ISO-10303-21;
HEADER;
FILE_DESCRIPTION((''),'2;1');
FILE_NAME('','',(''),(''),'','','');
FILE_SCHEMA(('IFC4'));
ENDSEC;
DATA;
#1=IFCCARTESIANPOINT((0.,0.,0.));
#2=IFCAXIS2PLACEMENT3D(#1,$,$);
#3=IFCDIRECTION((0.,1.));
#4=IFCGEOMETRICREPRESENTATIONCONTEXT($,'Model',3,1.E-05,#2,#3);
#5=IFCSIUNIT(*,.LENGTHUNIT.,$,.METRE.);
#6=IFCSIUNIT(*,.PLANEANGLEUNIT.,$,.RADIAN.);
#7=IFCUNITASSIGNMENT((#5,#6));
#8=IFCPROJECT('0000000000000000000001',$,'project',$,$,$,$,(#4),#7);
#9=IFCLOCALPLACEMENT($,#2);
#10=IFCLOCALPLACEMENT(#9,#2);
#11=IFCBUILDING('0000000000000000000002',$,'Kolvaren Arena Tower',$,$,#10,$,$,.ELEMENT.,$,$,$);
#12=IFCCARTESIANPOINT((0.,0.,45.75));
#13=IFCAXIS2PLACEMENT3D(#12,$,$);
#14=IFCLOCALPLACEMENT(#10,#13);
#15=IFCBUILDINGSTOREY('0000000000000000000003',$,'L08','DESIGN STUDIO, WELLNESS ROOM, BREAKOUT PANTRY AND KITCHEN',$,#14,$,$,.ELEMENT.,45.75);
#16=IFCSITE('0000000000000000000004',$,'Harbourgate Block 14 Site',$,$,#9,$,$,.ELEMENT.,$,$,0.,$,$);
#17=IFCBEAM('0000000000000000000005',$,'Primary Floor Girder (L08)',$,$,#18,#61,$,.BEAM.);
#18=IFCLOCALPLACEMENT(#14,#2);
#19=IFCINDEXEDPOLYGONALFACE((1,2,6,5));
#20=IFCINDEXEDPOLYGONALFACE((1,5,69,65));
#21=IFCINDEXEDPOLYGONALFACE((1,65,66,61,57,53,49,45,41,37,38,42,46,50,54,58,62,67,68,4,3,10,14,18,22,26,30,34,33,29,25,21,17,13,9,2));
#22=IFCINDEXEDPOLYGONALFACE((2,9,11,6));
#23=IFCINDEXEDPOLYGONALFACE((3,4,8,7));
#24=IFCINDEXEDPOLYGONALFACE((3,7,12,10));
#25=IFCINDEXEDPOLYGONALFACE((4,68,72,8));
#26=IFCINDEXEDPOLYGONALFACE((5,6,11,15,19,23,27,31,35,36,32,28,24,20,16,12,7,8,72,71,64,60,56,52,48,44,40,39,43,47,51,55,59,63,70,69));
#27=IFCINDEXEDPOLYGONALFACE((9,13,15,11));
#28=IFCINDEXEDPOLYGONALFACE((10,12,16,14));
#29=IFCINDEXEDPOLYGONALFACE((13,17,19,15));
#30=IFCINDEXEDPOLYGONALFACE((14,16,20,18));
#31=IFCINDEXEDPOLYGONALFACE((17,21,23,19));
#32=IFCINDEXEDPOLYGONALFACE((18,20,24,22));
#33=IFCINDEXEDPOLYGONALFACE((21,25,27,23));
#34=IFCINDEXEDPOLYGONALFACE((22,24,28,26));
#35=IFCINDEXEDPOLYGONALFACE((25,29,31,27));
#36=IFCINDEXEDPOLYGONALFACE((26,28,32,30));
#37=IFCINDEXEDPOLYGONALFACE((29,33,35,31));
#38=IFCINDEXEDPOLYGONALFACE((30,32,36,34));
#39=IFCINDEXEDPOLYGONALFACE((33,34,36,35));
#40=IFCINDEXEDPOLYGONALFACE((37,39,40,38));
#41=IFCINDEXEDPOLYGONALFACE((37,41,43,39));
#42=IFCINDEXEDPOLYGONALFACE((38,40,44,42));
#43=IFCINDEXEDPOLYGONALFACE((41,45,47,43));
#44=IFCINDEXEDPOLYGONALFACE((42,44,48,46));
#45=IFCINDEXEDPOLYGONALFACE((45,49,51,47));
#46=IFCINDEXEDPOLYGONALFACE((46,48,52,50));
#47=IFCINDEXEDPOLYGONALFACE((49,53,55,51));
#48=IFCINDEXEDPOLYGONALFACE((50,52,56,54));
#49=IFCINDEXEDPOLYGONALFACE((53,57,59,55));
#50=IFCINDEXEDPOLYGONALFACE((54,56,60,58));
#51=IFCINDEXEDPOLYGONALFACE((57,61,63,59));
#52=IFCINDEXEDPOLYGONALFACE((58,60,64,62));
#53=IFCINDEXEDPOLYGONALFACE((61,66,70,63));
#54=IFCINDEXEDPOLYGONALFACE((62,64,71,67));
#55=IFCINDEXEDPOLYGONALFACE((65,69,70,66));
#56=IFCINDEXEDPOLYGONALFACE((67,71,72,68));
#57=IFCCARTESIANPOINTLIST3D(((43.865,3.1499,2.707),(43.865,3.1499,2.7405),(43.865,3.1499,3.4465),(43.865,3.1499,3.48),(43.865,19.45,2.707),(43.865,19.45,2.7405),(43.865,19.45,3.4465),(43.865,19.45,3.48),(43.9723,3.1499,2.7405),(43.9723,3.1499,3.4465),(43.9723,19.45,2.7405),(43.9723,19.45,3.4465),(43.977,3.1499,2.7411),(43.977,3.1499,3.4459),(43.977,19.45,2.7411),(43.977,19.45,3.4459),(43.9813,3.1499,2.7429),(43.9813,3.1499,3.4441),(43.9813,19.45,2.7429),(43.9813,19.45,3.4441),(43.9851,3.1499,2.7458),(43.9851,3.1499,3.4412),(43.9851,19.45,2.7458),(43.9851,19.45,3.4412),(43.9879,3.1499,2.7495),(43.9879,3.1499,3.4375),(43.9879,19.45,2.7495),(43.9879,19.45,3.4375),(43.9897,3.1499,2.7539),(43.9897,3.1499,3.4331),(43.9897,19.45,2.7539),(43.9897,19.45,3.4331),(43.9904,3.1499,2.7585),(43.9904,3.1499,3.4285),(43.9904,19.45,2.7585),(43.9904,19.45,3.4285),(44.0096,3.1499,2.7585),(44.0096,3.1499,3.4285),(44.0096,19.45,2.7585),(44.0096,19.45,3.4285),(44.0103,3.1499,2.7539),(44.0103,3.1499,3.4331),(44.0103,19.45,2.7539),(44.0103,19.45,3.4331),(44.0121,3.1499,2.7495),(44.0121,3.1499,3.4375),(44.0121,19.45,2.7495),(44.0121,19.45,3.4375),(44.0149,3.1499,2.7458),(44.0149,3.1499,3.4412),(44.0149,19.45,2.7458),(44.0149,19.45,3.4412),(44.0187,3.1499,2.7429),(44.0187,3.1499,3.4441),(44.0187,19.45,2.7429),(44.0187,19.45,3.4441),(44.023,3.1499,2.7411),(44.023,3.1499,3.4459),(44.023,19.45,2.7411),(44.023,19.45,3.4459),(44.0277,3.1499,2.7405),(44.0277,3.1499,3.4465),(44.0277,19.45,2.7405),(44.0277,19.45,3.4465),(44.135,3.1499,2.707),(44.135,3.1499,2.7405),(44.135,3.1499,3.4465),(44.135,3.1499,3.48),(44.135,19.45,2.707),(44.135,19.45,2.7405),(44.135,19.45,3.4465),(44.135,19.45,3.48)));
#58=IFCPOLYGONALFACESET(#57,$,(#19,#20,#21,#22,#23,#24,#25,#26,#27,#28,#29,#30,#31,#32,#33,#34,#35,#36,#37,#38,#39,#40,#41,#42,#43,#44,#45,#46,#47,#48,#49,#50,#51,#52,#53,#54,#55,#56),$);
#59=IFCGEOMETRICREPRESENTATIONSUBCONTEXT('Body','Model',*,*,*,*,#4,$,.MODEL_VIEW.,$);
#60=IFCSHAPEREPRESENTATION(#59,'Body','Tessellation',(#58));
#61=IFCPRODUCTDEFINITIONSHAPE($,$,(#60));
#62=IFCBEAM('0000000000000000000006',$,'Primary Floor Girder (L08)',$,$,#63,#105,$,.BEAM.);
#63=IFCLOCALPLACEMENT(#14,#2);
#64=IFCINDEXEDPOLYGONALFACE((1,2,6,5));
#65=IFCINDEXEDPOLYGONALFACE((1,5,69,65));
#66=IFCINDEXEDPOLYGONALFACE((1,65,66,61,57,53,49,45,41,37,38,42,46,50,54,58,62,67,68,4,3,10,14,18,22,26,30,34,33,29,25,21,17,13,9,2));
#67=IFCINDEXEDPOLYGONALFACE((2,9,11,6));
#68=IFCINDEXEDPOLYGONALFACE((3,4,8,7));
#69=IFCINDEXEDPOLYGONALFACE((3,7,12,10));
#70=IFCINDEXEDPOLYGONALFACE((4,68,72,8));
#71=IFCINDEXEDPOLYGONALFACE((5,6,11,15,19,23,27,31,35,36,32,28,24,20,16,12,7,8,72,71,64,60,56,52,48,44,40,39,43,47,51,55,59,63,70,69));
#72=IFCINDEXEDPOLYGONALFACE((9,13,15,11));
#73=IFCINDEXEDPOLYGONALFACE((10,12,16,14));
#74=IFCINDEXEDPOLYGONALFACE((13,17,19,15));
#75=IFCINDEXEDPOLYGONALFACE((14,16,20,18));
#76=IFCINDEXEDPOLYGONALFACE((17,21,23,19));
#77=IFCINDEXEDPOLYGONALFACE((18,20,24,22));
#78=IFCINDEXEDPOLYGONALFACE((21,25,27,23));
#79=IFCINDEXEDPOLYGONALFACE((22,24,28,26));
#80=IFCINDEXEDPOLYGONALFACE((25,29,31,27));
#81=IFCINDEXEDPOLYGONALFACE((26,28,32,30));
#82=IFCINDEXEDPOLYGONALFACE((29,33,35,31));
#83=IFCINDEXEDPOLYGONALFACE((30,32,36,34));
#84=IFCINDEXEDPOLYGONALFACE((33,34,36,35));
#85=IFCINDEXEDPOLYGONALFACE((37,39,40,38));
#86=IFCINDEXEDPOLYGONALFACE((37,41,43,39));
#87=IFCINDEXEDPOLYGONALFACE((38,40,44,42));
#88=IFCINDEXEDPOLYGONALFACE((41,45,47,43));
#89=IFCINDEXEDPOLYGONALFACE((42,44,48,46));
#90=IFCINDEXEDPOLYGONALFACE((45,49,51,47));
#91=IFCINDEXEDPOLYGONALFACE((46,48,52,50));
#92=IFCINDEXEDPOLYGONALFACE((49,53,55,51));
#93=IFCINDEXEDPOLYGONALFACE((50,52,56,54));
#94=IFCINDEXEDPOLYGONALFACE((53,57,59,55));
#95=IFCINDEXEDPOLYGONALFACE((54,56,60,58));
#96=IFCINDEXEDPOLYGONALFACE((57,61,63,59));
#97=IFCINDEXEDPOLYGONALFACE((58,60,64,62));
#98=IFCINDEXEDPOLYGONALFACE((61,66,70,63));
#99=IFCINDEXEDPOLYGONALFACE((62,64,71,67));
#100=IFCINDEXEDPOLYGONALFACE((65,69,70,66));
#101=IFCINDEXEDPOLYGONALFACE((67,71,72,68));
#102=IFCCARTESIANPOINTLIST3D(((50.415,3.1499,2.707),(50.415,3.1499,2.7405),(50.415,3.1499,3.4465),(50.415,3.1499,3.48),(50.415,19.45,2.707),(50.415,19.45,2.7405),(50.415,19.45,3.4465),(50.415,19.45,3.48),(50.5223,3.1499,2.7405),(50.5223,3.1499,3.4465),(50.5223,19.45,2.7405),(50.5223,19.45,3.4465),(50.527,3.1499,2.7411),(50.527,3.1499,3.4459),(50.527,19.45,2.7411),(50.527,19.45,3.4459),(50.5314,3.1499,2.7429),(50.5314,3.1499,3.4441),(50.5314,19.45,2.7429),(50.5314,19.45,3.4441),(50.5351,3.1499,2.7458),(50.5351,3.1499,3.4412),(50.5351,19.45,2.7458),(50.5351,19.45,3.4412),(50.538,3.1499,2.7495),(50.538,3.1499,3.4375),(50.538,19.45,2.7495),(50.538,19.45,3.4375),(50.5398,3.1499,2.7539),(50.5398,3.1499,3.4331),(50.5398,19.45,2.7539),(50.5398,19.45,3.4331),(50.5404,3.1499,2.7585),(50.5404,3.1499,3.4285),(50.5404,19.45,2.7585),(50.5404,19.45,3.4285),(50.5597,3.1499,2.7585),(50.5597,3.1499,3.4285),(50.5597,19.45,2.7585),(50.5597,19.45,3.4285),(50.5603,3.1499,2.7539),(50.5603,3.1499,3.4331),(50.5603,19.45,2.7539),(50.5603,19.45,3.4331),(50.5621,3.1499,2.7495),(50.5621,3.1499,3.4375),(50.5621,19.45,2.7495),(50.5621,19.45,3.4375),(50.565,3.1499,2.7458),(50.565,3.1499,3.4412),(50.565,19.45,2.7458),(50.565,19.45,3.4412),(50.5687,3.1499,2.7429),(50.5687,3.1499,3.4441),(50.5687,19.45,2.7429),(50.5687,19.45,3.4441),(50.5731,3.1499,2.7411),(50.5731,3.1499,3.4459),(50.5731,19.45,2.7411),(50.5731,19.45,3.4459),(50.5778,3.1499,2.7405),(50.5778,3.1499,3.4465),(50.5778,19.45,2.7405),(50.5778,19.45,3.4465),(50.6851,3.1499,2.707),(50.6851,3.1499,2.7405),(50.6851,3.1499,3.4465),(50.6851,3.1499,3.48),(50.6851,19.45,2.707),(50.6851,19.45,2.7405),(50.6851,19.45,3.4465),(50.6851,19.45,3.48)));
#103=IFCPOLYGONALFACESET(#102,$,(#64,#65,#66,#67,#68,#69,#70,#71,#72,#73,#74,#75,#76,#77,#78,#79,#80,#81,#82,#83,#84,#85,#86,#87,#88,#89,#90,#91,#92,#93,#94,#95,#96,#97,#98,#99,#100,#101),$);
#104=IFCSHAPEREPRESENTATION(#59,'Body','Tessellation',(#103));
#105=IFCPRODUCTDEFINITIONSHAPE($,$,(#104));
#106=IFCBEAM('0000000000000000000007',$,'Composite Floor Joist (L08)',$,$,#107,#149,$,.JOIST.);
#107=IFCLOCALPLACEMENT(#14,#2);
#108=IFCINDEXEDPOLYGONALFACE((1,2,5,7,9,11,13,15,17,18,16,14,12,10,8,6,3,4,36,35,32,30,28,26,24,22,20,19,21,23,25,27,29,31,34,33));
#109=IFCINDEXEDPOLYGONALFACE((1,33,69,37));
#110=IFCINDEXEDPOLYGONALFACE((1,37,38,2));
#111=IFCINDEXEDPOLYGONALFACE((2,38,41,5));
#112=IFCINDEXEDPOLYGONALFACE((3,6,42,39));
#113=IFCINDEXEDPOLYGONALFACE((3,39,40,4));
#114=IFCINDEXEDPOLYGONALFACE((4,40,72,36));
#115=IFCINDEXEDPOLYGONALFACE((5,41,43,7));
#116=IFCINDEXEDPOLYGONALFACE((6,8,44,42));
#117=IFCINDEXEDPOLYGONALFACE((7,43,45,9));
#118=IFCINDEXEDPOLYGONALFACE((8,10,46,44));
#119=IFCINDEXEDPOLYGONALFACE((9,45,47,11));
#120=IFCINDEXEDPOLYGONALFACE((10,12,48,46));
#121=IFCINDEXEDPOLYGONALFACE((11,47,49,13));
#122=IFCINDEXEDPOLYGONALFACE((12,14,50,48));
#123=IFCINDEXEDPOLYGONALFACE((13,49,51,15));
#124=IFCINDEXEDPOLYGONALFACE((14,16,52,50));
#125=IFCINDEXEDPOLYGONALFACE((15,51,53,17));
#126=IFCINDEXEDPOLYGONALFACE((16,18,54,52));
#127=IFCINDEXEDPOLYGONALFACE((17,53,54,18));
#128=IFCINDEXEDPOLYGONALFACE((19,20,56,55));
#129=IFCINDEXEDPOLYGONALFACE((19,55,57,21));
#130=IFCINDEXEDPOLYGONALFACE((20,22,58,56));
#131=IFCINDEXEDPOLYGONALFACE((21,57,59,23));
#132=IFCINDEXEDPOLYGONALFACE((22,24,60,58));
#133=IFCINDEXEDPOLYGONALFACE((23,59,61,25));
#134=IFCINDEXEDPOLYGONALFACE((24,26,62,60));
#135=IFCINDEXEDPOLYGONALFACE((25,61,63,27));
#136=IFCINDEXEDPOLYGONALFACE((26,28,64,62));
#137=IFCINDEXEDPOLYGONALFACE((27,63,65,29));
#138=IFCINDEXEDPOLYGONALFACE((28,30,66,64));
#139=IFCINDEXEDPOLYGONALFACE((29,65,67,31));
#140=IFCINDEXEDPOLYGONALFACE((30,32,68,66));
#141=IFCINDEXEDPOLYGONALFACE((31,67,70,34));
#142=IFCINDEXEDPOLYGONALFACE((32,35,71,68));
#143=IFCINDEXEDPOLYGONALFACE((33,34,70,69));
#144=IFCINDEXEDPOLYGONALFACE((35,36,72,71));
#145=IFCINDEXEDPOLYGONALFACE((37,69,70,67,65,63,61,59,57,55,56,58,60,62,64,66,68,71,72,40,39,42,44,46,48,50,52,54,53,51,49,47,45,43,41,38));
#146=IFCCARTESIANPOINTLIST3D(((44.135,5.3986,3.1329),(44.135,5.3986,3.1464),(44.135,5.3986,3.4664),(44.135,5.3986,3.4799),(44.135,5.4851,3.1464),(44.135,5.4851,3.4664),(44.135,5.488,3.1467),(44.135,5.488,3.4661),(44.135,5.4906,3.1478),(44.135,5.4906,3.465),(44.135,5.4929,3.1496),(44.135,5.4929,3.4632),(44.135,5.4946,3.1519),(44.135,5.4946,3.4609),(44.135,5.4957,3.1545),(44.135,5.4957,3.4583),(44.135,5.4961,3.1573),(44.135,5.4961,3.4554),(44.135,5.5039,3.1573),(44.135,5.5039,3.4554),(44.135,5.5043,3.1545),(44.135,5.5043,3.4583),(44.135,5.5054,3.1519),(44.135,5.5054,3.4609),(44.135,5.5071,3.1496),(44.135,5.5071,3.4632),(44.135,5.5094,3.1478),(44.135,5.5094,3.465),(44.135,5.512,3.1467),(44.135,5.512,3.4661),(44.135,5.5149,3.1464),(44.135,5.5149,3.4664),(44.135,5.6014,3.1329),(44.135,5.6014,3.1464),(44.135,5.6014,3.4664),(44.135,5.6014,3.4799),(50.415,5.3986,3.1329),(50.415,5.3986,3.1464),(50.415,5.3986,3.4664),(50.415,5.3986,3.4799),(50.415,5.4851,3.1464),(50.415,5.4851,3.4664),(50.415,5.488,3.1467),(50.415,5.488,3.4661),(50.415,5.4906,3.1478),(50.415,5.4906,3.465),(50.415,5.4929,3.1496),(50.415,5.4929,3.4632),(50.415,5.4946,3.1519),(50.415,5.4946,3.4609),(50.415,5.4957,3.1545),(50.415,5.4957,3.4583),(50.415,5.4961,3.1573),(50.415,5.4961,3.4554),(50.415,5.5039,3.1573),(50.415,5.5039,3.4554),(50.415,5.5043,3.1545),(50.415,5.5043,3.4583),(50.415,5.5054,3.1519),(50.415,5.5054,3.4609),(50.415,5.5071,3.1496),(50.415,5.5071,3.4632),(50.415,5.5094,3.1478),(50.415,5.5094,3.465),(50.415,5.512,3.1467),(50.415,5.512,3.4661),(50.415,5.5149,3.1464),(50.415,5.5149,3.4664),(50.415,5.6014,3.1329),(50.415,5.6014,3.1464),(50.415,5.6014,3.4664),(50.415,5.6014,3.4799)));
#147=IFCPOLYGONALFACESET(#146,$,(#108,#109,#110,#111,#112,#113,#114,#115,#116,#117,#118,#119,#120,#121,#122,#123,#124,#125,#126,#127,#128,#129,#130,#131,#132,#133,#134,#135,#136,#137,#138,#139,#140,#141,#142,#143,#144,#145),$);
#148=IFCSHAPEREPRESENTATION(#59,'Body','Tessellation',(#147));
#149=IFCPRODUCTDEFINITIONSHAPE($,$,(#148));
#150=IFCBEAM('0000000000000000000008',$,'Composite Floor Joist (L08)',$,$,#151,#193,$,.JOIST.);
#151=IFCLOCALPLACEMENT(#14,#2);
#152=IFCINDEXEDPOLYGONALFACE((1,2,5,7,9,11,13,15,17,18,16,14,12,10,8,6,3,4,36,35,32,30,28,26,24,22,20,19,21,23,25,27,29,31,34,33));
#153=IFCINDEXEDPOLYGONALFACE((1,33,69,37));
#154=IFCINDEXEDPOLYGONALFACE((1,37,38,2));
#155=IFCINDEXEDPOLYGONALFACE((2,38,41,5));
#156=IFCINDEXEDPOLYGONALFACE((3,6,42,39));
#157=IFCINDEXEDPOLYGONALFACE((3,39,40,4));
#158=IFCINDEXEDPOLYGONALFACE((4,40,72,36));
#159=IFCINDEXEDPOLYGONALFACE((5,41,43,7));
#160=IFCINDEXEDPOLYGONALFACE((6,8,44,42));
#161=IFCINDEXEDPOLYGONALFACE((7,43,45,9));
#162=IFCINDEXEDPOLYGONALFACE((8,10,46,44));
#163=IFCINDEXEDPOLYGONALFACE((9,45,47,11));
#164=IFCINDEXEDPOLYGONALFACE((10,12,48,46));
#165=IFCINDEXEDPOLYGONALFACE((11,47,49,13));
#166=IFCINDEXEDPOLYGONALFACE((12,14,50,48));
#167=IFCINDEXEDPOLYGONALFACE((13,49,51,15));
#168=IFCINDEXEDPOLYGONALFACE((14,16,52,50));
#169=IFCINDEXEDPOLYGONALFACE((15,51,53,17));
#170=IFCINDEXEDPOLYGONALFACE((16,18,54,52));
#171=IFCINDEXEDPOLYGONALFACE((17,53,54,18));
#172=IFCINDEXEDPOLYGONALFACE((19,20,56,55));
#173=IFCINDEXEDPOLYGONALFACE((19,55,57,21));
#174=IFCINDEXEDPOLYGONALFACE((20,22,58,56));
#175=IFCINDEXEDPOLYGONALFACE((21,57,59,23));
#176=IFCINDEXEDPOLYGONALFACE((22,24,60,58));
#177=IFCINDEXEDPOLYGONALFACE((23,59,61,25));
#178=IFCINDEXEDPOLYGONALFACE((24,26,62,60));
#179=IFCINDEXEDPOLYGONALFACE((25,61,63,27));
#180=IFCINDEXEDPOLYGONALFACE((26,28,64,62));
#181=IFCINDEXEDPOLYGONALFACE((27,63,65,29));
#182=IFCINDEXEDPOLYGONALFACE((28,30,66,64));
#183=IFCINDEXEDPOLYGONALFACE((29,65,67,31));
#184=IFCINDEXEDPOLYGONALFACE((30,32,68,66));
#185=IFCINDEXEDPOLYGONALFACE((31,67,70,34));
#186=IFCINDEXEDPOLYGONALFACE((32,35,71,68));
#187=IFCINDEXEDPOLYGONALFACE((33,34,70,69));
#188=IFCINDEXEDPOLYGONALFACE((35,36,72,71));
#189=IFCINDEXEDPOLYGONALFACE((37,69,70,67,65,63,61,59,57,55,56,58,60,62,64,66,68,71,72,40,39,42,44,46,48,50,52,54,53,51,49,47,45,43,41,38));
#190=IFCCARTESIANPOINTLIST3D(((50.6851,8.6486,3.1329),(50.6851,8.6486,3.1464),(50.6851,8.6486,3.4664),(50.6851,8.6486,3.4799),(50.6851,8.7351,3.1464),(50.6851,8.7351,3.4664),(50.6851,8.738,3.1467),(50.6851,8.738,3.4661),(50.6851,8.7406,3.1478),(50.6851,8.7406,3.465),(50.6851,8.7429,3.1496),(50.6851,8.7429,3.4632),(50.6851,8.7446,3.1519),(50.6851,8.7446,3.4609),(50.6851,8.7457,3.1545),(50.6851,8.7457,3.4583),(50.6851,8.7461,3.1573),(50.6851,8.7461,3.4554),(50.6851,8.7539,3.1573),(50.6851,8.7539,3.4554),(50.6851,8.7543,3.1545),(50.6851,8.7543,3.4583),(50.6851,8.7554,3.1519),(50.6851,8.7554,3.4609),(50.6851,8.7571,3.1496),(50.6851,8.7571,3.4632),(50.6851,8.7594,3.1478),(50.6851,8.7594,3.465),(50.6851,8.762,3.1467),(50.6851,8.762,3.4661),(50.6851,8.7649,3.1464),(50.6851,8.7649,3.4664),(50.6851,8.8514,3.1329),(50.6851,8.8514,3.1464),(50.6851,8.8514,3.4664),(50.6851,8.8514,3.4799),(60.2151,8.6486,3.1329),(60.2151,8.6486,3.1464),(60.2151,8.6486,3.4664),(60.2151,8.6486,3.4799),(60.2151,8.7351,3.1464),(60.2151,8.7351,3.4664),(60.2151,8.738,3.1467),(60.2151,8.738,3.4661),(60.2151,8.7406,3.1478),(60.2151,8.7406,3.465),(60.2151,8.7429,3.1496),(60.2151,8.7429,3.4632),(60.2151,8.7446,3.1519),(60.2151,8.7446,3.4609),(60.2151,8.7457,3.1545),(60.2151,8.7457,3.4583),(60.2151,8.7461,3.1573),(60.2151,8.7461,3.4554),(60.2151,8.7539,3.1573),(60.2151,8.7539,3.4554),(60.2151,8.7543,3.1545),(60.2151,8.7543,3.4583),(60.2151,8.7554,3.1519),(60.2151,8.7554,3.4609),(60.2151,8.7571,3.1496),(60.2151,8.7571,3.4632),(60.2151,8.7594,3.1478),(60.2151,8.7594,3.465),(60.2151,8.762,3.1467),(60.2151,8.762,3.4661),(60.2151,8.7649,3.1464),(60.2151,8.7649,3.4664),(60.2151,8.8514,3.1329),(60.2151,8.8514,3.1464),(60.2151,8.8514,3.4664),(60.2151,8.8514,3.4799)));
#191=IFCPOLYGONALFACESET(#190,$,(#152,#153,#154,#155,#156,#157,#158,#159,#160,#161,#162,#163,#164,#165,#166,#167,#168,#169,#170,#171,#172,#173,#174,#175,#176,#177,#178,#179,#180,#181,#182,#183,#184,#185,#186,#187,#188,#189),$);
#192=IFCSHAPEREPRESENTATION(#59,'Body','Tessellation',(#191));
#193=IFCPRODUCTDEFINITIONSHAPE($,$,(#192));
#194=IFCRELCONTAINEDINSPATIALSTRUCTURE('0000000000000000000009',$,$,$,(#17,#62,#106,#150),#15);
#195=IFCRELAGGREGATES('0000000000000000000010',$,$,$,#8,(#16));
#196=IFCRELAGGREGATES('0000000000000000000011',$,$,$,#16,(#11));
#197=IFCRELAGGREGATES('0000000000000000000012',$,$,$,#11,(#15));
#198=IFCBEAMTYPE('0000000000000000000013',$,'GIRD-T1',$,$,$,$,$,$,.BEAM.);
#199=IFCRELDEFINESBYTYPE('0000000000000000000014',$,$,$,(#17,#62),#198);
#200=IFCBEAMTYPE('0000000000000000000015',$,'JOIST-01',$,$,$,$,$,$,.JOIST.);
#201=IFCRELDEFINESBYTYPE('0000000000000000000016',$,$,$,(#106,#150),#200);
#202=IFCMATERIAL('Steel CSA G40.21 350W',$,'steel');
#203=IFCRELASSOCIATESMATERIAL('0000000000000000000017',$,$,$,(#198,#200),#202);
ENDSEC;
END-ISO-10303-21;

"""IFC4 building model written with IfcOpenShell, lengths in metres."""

from ifc_helpers import new_model, si_unit, direction, frame, origin, origin_2d, place, context, subcontext, project, spatial, i_section, extrude, material, material_profile, profile_set, type_object, element, save


model = new_model("IFC4")

# Units and contexts
model_context = context("Model", 3, precision=1e-05, world=origin(), true_north=direction((0.0, 1.0)))
body_context = subcontext(model_context, "Body", "Model", "MODEL_VIEW")
ifc_project = project(units=[si_unit("LENGTHUNIT", "METRE"), si_unit("PLANEANGLEUNIT", "RADIAN")], contexts=[model_context])

# Site, building, storey
site_placement = place(None, origin())
site = spatial("IfcSite", under=ifc_project, at=site_placement, Name="Harbourgate Block 14 Site", CompositionType="ELEMENT", RefElevation=0.0)
building_placement = place(site_placement, origin())
building = spatial("IfcBuilding", under=site, at=building_placement, Name="Kolvaren Arena Tower", CompositionType="ELEMENT")
storey_placement = place(building_placement, frame((0.0, 0.0, 45.75)))
storey = spatial("IfcBuildingStorey", under=building, at=storey_placement, Name="L08", Description="DESIGN STUDIO, WELLNESS ROOM, BREAKOUT PANTRY AND KITCHEN", CompositionType="ELEMENT", Elevation=45.75)

# Beams
ifc_material_1 = material(Name="Steel CSA G40.21 350W", Category="steel")
ifc_material_profile_1 = material_profile(ifc_material_1, i_section(OverallWidth=0.27, OverallDepth=0.7729, WebThickness=0.0193, FlangeThickness=0.0334, FilletRadius=0.0181, at=origin_2d()), Name="W760x257")
ifc_profile_set_1 = profile_set([ifc_material_profile_1], Name="Steel CSA G40.21 350W")
beam_type_1 = type_object("IfcBeamType", Name="GIRD-T1", PredefinedType="BEAM", material=ifc_profile_set_1)
for number, where, z_axis, x_axis, name in (
    (1, (44.0, 3.1499, 3.0935), (0.0, 1.0, 0.0), (-1.0, 0.0, 0.0), "Primary Floor Girder (L08)"),
    (2, (50.55, 3.1499, 3.0935), (0.0, 1.0, 0.0), (-1.0, 0.0, 0.0), "Primary Floor Girder (L08)"),
):
    element("IfcBeam", number, at=place(storey_placement, frame(where, z_axis=z_axis, x_axis=x_axis)), inside=storey, type_object=beam_type_1, Name=name, PredefinedType="BEAM", context=body_context, shape_type="SweptSolid", body=[
        extrude(i_section(OverallWidth=0.27, OverallDepth=0.7729, WebThickness=0.0193, FlangeThickness=0.0334, FilletRadius=0.0181, at=origin_2d()), origin(), (0.0, 0.0, 1.0), 16.3),
    ])
ifc_material_profile_2 = material_profile(ifc_material_1, i_section(OverallWidth=0.2029, OverallDepth=0.3469, WebThickness=0.0078, FlangeThickness=0.0134, FilletRadius=0.011, at=origin_2d()), Name="W360x64")
ifc_profile_set_2 = profile_set([ifc_material_profile_2], Name="Steel CSA G40.21 350W")
beam_type_2 = type_object("IfcBeamType", Name="JOIST-01", PredefinedType="JOIST", material=ifc_profile_set_2)
beam_1_placement = place(storey_placement, frame((44.135, 5.5, 3.3064), z_axis=(1.0, 0.0, 0.0), x_axis=(0.0, 1.0, 0.0)))
element("IfcBeam", 3, at=beam_1_placement, inside=storey, type_object=beam_type_2, Name="Composite Floor Joist (L08)", PredefinedType="JOIST", context=body_context, shape_type="SweptSolid", body=[
    extrude(i_section(OverallWidth=0.2029, OverallDepth=0.3469, WebThickness=0.0078, FlangeThickness=0.0134, FilletRadius=0.011, at=origin_2d()), origin(), (0.0, 0.0, 1.0), 6.28),
])
beam_2_placement = place(storey_placement, frame((50.6851, 8.75, 3.3064), z_axis=(1.0, 0.0, 0.0), x_axis=(0.0, 1.0, 0.0)))
element("IfcBeam", 4, at=beam_2_placement, inside=storey, type_object=beam_type_2, Name="Composite Floor Joist (L08)", PredefinedType="JOIST", context=body_context, shape_type="SweptSolid", body=[
    extrude(i_section(OverallWidth=0.2029, OverallDepth=0.3469, WebThickness=0.0078, FlangeThickness=0.0134, FilletRadius=0.011, at=origin_2d()), origin(), (0.0, 0.0, 1.0), 9.53),
])

save(model, "model.ifc")
